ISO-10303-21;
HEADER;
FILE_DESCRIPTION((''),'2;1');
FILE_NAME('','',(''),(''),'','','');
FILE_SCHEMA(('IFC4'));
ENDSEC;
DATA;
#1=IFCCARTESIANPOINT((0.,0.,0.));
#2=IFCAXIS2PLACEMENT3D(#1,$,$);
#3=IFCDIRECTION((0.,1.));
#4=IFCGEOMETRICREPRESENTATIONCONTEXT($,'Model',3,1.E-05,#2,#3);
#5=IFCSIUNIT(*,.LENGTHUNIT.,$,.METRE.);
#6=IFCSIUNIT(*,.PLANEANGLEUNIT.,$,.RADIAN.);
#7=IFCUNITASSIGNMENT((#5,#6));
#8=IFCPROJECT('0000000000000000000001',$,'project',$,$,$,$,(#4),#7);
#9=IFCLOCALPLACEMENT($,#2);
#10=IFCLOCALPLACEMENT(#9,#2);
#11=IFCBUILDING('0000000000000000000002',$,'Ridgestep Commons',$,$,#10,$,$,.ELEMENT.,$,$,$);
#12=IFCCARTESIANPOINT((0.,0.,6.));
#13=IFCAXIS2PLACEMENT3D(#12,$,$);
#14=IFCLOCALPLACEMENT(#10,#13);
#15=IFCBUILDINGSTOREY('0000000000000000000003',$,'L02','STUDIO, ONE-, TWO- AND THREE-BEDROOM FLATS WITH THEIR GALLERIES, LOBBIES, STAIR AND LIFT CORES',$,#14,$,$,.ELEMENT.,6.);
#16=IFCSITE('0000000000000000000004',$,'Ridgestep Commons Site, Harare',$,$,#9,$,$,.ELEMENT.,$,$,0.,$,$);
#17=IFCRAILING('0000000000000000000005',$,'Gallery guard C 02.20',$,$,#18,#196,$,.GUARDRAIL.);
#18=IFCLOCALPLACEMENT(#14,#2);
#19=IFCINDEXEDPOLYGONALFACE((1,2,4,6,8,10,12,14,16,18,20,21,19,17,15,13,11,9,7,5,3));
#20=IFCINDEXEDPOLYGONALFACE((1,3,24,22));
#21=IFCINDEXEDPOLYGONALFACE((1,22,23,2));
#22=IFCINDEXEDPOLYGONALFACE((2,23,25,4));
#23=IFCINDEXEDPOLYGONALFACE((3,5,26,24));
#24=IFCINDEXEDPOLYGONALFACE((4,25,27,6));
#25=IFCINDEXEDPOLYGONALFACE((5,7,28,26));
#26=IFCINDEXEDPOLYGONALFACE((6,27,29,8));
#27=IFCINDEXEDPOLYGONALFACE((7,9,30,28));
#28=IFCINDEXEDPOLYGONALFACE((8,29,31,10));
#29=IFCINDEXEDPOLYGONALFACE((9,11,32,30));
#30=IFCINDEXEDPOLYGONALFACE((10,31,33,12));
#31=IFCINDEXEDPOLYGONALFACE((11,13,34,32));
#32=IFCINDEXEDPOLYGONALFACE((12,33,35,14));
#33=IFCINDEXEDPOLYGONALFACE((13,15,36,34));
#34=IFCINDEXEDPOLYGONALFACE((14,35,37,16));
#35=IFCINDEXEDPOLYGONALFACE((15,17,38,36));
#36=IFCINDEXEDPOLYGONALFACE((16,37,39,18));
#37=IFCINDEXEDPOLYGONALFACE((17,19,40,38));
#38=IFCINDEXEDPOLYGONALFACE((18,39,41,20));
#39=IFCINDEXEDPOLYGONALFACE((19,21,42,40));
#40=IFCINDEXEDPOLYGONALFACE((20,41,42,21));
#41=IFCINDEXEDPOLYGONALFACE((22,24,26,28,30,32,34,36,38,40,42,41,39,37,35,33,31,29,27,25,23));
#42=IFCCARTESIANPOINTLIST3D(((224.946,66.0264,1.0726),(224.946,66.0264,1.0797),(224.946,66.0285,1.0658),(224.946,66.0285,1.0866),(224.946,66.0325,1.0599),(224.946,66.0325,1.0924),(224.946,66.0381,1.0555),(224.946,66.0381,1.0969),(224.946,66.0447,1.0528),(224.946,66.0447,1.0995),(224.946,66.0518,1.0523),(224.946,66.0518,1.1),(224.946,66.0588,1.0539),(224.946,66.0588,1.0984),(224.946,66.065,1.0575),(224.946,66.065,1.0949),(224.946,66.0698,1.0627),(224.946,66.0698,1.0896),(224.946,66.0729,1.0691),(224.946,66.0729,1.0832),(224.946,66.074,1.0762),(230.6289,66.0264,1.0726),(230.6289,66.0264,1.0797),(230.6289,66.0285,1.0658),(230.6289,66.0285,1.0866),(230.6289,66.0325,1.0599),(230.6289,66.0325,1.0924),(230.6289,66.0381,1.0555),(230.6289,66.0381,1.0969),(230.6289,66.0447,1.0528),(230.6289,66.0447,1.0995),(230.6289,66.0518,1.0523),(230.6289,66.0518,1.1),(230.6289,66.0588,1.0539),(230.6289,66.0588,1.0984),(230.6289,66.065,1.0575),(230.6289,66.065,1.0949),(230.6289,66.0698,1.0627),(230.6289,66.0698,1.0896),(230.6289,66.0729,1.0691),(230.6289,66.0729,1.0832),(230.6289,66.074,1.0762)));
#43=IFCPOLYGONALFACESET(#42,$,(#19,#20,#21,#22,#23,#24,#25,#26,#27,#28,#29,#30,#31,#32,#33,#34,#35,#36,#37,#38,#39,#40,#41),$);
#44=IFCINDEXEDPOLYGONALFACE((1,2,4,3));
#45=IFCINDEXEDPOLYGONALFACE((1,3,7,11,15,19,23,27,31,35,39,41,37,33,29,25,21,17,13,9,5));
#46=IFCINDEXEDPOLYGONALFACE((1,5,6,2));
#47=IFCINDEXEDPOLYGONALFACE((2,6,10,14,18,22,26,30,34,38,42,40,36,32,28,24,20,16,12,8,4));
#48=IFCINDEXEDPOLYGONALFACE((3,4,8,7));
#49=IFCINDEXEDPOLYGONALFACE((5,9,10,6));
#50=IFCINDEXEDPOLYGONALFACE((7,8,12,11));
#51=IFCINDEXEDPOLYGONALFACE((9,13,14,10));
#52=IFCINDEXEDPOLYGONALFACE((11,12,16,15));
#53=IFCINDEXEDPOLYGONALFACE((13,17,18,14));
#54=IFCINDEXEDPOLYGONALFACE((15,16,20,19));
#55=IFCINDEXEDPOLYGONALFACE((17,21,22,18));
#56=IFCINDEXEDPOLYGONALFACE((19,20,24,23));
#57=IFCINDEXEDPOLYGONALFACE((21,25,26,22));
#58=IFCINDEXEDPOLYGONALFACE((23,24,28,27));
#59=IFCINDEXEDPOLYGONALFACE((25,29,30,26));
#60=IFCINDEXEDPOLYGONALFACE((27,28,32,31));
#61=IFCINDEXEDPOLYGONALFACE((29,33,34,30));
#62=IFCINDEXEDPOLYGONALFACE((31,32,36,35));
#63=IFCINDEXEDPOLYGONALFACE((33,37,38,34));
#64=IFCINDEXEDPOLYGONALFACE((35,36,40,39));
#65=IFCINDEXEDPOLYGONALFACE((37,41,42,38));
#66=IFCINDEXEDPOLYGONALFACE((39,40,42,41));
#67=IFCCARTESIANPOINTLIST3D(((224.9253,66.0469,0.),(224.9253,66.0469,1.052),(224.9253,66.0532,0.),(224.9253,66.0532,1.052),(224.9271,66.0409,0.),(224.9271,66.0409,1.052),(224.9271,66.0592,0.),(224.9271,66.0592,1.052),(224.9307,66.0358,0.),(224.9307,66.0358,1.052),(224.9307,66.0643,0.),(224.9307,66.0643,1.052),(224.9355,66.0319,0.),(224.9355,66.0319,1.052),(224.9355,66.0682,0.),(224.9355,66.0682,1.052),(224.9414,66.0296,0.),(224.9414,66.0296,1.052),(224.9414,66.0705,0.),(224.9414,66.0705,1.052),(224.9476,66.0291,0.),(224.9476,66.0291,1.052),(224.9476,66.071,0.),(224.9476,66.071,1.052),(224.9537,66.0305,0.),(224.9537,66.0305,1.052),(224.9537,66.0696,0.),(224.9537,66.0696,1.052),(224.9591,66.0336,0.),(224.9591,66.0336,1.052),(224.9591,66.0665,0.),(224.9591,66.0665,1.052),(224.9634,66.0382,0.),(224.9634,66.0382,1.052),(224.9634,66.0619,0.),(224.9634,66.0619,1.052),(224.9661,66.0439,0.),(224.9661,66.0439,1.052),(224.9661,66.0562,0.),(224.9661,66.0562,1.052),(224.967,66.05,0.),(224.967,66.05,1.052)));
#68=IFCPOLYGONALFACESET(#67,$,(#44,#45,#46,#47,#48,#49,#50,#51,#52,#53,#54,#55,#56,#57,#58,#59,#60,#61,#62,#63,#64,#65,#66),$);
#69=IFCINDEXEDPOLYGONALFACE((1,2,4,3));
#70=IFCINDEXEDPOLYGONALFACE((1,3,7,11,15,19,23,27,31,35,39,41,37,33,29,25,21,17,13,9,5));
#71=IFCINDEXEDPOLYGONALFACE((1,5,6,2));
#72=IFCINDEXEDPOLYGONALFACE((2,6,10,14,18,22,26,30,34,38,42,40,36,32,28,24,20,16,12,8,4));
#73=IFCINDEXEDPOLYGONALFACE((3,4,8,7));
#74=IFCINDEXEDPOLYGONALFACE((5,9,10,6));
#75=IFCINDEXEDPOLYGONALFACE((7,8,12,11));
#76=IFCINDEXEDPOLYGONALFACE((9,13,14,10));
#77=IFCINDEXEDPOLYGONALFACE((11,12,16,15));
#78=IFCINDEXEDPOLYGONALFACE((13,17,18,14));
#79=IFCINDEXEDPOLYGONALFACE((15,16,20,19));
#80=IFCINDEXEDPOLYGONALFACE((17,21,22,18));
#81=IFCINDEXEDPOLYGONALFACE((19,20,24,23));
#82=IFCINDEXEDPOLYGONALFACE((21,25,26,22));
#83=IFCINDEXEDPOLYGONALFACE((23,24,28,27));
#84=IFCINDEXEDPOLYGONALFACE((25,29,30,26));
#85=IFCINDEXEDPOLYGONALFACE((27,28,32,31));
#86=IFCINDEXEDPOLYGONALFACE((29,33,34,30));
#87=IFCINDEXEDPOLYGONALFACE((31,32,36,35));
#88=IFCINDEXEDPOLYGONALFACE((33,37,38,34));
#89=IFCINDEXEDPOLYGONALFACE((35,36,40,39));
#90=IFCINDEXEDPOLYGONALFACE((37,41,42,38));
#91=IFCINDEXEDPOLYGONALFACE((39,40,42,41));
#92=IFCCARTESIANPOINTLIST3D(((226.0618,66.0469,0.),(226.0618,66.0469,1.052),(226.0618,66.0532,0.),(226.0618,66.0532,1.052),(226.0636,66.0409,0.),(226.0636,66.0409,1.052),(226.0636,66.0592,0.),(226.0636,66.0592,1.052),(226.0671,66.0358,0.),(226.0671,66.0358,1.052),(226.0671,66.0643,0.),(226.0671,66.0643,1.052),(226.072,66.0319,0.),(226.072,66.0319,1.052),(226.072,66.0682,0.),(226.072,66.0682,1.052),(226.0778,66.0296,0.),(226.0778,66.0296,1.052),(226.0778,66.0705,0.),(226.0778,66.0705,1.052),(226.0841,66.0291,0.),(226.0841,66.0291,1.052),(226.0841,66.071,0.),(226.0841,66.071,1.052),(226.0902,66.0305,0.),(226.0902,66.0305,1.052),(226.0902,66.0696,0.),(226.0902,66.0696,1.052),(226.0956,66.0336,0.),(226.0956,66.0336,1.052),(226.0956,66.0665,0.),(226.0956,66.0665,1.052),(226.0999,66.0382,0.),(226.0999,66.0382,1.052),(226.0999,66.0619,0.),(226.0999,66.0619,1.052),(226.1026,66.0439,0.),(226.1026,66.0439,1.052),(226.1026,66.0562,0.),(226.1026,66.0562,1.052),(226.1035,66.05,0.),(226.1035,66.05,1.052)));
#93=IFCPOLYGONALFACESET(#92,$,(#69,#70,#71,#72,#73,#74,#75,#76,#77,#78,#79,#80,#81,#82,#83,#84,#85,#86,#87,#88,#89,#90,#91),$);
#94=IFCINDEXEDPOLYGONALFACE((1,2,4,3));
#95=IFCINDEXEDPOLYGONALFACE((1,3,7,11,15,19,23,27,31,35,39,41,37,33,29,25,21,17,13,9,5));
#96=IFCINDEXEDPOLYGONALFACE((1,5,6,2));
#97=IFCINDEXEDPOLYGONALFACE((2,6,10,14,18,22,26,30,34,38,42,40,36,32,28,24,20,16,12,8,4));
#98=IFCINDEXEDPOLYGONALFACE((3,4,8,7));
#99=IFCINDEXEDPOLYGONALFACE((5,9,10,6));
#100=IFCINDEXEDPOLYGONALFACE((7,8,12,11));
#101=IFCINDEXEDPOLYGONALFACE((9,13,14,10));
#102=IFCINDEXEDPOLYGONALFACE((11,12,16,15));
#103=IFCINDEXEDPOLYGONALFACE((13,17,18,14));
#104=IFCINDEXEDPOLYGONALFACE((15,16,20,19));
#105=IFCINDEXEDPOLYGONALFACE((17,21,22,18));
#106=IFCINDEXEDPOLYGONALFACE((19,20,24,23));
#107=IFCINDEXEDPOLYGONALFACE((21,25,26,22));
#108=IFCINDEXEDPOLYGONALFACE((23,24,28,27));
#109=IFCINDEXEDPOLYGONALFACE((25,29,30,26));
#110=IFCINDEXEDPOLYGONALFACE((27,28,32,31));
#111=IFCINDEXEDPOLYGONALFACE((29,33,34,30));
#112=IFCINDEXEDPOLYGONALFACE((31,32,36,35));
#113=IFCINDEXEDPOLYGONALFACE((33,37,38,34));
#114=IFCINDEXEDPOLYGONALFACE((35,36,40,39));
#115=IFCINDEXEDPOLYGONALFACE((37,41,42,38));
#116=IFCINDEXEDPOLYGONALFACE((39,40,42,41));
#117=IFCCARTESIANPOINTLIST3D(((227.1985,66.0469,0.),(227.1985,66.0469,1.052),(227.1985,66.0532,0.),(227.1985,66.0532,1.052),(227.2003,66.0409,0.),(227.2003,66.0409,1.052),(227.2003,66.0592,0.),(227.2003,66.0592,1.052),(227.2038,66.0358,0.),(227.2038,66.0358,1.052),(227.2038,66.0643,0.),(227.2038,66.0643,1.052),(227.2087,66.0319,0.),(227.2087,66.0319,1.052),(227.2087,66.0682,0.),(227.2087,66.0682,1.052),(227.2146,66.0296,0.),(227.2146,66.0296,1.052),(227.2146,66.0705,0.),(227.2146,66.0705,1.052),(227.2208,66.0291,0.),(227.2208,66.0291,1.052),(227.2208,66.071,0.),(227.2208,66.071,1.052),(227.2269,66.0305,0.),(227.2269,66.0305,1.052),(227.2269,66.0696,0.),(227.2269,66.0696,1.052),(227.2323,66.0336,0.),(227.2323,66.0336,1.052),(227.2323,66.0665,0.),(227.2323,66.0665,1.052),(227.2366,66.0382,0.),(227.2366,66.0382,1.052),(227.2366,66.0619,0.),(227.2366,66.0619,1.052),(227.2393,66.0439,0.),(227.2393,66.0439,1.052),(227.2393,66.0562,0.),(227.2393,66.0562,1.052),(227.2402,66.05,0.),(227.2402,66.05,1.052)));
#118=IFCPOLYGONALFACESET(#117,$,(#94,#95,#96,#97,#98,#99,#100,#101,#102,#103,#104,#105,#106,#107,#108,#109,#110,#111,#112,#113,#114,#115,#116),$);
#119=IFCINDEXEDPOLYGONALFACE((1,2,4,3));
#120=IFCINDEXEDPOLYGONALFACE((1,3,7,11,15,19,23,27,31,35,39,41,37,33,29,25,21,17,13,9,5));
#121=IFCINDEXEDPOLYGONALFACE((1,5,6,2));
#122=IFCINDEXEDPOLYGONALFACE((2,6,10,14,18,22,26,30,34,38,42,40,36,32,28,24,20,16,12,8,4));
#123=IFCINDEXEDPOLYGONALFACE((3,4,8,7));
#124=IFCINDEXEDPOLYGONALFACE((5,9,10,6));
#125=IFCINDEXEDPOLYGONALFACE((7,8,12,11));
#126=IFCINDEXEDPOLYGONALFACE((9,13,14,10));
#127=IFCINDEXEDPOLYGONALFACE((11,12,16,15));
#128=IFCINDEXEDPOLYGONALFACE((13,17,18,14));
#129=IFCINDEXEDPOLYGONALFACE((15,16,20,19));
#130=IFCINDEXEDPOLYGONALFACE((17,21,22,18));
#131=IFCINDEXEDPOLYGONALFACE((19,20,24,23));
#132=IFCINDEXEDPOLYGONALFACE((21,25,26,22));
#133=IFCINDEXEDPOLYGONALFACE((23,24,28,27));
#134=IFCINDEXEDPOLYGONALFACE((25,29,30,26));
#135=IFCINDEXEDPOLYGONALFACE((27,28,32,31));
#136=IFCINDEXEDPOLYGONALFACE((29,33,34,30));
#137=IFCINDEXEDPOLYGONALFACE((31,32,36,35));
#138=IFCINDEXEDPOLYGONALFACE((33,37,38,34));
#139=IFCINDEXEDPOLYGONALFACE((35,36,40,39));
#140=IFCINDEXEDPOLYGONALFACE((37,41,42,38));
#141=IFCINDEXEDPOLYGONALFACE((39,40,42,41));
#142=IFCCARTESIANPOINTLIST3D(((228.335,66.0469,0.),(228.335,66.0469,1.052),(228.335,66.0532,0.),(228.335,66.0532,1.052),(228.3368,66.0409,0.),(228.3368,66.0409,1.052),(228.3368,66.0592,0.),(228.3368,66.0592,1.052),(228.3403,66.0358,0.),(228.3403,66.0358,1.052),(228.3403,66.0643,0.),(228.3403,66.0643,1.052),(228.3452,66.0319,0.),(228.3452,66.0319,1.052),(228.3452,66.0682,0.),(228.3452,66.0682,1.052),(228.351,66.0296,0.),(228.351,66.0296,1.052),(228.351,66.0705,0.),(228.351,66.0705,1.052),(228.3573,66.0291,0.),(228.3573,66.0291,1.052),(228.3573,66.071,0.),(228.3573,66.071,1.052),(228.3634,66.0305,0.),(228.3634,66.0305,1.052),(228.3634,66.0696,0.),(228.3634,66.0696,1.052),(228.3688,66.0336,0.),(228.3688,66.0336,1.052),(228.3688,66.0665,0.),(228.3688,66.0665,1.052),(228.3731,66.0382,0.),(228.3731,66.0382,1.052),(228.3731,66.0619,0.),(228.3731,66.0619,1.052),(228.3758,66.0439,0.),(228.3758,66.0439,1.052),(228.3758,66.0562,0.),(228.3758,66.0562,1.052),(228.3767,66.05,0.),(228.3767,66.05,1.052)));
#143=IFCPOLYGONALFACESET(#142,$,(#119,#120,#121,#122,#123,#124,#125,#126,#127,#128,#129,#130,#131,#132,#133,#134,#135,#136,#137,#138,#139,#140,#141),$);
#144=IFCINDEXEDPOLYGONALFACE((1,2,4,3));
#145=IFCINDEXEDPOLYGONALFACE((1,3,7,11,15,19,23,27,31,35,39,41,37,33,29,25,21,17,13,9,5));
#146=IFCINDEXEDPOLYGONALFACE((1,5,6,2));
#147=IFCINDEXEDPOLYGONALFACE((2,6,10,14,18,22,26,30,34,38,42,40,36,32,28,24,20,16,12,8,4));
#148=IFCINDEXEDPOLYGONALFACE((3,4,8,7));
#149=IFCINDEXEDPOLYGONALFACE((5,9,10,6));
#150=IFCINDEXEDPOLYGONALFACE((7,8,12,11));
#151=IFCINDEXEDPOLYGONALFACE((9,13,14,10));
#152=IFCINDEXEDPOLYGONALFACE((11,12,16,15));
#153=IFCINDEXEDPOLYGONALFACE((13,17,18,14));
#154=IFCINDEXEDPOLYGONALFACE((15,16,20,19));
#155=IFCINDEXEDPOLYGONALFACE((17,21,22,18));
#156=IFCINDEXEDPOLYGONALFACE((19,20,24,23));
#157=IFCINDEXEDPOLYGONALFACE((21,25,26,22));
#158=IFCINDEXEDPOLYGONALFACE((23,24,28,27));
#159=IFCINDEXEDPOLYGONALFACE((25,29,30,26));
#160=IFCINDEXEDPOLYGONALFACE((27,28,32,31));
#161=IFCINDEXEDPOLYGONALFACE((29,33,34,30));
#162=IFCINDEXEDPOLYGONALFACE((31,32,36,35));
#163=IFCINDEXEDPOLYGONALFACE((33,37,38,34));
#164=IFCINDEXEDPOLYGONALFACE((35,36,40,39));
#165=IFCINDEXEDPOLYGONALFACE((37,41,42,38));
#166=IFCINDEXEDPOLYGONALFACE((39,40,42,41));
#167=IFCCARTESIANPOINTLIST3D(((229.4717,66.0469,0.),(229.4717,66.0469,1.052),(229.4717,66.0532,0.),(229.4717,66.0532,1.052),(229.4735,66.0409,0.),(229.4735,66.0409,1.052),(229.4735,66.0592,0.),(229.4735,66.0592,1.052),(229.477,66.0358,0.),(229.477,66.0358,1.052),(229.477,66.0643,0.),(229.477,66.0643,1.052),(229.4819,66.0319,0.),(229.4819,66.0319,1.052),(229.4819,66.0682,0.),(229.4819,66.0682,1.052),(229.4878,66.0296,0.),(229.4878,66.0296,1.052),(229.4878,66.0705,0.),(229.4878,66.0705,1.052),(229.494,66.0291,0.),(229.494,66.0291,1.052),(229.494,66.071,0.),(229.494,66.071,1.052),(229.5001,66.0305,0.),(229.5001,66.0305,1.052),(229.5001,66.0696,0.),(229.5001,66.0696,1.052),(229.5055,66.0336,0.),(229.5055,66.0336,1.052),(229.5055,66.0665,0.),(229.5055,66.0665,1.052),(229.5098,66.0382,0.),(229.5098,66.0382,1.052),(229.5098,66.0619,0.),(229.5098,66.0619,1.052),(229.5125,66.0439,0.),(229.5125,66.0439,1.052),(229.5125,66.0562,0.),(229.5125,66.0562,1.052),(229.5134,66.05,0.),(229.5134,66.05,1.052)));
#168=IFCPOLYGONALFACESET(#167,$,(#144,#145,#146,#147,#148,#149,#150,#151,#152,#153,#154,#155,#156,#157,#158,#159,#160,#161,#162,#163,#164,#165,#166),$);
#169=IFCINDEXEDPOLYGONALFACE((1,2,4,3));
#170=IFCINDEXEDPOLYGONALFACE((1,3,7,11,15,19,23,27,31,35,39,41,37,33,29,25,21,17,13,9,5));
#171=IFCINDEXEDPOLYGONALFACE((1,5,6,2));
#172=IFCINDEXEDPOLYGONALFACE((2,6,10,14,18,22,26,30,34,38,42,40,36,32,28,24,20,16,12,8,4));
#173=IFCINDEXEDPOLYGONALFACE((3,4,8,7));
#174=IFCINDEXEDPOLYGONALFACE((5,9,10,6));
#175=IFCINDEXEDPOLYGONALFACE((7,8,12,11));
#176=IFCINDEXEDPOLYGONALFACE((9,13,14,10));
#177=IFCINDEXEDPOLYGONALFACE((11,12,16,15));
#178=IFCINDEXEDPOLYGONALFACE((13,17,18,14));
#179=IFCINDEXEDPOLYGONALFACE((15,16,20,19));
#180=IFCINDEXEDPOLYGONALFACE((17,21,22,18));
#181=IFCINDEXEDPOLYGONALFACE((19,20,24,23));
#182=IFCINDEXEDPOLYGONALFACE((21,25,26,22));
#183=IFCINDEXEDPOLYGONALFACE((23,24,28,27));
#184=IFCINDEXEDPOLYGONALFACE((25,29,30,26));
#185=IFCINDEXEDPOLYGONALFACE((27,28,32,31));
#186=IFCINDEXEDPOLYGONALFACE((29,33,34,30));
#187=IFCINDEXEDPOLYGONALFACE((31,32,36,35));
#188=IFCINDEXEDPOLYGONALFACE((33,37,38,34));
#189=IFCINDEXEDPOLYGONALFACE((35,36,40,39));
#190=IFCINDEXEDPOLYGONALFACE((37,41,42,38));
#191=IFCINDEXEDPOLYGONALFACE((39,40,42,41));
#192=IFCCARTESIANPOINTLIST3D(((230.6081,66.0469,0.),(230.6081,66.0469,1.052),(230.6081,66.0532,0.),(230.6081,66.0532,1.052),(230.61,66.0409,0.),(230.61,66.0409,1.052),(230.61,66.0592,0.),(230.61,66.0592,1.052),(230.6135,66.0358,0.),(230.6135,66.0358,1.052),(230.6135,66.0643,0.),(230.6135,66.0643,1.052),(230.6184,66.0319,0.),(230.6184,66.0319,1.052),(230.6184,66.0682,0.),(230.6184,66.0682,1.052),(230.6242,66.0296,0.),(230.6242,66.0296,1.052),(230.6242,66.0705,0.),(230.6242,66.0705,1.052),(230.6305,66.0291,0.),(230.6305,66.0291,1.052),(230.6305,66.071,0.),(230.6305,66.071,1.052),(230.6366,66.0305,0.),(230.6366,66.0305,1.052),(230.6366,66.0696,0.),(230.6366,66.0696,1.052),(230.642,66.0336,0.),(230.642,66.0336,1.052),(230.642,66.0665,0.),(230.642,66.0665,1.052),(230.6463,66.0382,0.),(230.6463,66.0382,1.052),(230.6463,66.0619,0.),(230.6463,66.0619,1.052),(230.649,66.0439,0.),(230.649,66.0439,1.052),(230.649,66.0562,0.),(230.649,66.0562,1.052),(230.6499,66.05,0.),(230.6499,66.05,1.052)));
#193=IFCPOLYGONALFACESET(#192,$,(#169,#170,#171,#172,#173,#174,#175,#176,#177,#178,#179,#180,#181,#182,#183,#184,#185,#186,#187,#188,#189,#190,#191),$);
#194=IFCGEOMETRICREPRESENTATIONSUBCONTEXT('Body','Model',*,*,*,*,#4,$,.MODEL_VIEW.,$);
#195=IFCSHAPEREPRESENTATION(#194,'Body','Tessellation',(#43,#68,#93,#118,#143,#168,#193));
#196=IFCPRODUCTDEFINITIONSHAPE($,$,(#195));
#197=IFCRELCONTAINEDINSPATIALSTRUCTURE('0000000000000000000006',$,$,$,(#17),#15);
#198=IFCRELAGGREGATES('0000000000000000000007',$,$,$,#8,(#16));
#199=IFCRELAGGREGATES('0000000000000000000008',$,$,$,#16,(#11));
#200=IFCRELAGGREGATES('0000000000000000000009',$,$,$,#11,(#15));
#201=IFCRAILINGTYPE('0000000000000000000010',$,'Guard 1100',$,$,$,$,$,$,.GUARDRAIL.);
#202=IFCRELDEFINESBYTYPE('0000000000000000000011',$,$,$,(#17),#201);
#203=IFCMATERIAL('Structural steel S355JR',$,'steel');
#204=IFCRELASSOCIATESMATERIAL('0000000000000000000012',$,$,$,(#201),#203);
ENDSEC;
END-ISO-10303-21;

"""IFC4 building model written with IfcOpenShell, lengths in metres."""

from ifc_helpers import new_model, si_unit, direction, frame, origin, origin_2d, place, context, subcontext, project, spatial, circle, extrude, material, type_object, element, save


model = new_model("IFC4")

# Units and contexts
model_context = context("Model", 3, precision=1e-05, world=origin(), true_north=direction((0.0, 1.0)))
body_context = subcontext(model_context, "Body", "Model", "MODEL_VIEW")
ifc_project = project(units=[si_unit("LENGTHUNIT", "METRE"), si_unit("PLANEANGLEUNIT", "RADIAN")], contexts=[model_context])

# Site, building, storey
site_placement = place(None, origin())
site = spatial("IfcSite", under=ifc_project, at=site_placement, Name="Ridgestep Commons Site, Harare", CompositionType="ELEMENT", RefElevation=0.0)
building_placement = place(site_placement, origin())
building = spatial("IfcBuilding", under=site, at=building_placement, Name="Ridgestep Commons", CompositionType="ELEMENT")
storey_placement = place(building_placement, frame((0.0, 0.0, 6.0)))
storey = spatial("IfcBuildingStorey", under=building, at=storey_placement, Name="L02", Description="STUDIO, ONE-, TWO- AND THREE-BEDROOM FLATS WITH THEIR GALLERIES, LOBBIES, STAIR AND LIFT CORES", CompositionType="ELEMENT", Elevation=6.0)

# Railing
ifc_material_1 = material(Name="Structural steel S355JR", Category="steel")
railing_type = type_object("IfcRailingType", Name="Guard 1100", PredefinedType="GUARDRAIL", material=ifc_material_1)
railing_1_placement = place(storey_placement, frame((224.946, 66.05, 0.0)))
element("IfcRailing", 1, at=railing_1_placement, inside=storey, type_object=railing_type, Name="Gallery guard C 02.20", PredefinedType="GUARDRAIL", context=body_context, shape_type="SweptSolid", body=[
    extrude(circle(Radius=0.0239, at=origin_2d()), frame((0.0, 0.0, 1.0762), z_axis=(1.0, 0.0, 0.0), x_axis=(0.0, 1.0, 0.0)), (0.0, 0.0, 1.0), 5.6829),
    extrude(circle(Radius=0.021, at=origin_2d()), origin(), (0.0, 0.0, 1.0), 1.052),
    extrude(circle(Radius=0.021, at=origin_2d()), frame((1.1365, 0.0, 0.0)), (0.0, 0.0, 1.0), 1.052),
    extrude(circle(Radius=0.021, at=origin_2d()), frame((2.2732, 0.0, 0.0)), (0.0, 0.0, 1.0), 1.052),
    extrude(circle(Radius=0.021, at=origin_2d()), frame((3.4097, 0.0, 0.0)), (0.0, 0.0, 1.0), 1.052),
    extrude(circle(Radius=0.021, at=origin_2d()), frame((4.5464, 0.0, 0.0)), (0.0, 0.0, 1.0), 1.052),
    extrude(circle(Radius=0.021, at=origin_2d()), frame((5.6829, 0.0, 0.0)), (0.0, 0.0, 1.0), 1.052),
])

save(model, "model.ifc")
